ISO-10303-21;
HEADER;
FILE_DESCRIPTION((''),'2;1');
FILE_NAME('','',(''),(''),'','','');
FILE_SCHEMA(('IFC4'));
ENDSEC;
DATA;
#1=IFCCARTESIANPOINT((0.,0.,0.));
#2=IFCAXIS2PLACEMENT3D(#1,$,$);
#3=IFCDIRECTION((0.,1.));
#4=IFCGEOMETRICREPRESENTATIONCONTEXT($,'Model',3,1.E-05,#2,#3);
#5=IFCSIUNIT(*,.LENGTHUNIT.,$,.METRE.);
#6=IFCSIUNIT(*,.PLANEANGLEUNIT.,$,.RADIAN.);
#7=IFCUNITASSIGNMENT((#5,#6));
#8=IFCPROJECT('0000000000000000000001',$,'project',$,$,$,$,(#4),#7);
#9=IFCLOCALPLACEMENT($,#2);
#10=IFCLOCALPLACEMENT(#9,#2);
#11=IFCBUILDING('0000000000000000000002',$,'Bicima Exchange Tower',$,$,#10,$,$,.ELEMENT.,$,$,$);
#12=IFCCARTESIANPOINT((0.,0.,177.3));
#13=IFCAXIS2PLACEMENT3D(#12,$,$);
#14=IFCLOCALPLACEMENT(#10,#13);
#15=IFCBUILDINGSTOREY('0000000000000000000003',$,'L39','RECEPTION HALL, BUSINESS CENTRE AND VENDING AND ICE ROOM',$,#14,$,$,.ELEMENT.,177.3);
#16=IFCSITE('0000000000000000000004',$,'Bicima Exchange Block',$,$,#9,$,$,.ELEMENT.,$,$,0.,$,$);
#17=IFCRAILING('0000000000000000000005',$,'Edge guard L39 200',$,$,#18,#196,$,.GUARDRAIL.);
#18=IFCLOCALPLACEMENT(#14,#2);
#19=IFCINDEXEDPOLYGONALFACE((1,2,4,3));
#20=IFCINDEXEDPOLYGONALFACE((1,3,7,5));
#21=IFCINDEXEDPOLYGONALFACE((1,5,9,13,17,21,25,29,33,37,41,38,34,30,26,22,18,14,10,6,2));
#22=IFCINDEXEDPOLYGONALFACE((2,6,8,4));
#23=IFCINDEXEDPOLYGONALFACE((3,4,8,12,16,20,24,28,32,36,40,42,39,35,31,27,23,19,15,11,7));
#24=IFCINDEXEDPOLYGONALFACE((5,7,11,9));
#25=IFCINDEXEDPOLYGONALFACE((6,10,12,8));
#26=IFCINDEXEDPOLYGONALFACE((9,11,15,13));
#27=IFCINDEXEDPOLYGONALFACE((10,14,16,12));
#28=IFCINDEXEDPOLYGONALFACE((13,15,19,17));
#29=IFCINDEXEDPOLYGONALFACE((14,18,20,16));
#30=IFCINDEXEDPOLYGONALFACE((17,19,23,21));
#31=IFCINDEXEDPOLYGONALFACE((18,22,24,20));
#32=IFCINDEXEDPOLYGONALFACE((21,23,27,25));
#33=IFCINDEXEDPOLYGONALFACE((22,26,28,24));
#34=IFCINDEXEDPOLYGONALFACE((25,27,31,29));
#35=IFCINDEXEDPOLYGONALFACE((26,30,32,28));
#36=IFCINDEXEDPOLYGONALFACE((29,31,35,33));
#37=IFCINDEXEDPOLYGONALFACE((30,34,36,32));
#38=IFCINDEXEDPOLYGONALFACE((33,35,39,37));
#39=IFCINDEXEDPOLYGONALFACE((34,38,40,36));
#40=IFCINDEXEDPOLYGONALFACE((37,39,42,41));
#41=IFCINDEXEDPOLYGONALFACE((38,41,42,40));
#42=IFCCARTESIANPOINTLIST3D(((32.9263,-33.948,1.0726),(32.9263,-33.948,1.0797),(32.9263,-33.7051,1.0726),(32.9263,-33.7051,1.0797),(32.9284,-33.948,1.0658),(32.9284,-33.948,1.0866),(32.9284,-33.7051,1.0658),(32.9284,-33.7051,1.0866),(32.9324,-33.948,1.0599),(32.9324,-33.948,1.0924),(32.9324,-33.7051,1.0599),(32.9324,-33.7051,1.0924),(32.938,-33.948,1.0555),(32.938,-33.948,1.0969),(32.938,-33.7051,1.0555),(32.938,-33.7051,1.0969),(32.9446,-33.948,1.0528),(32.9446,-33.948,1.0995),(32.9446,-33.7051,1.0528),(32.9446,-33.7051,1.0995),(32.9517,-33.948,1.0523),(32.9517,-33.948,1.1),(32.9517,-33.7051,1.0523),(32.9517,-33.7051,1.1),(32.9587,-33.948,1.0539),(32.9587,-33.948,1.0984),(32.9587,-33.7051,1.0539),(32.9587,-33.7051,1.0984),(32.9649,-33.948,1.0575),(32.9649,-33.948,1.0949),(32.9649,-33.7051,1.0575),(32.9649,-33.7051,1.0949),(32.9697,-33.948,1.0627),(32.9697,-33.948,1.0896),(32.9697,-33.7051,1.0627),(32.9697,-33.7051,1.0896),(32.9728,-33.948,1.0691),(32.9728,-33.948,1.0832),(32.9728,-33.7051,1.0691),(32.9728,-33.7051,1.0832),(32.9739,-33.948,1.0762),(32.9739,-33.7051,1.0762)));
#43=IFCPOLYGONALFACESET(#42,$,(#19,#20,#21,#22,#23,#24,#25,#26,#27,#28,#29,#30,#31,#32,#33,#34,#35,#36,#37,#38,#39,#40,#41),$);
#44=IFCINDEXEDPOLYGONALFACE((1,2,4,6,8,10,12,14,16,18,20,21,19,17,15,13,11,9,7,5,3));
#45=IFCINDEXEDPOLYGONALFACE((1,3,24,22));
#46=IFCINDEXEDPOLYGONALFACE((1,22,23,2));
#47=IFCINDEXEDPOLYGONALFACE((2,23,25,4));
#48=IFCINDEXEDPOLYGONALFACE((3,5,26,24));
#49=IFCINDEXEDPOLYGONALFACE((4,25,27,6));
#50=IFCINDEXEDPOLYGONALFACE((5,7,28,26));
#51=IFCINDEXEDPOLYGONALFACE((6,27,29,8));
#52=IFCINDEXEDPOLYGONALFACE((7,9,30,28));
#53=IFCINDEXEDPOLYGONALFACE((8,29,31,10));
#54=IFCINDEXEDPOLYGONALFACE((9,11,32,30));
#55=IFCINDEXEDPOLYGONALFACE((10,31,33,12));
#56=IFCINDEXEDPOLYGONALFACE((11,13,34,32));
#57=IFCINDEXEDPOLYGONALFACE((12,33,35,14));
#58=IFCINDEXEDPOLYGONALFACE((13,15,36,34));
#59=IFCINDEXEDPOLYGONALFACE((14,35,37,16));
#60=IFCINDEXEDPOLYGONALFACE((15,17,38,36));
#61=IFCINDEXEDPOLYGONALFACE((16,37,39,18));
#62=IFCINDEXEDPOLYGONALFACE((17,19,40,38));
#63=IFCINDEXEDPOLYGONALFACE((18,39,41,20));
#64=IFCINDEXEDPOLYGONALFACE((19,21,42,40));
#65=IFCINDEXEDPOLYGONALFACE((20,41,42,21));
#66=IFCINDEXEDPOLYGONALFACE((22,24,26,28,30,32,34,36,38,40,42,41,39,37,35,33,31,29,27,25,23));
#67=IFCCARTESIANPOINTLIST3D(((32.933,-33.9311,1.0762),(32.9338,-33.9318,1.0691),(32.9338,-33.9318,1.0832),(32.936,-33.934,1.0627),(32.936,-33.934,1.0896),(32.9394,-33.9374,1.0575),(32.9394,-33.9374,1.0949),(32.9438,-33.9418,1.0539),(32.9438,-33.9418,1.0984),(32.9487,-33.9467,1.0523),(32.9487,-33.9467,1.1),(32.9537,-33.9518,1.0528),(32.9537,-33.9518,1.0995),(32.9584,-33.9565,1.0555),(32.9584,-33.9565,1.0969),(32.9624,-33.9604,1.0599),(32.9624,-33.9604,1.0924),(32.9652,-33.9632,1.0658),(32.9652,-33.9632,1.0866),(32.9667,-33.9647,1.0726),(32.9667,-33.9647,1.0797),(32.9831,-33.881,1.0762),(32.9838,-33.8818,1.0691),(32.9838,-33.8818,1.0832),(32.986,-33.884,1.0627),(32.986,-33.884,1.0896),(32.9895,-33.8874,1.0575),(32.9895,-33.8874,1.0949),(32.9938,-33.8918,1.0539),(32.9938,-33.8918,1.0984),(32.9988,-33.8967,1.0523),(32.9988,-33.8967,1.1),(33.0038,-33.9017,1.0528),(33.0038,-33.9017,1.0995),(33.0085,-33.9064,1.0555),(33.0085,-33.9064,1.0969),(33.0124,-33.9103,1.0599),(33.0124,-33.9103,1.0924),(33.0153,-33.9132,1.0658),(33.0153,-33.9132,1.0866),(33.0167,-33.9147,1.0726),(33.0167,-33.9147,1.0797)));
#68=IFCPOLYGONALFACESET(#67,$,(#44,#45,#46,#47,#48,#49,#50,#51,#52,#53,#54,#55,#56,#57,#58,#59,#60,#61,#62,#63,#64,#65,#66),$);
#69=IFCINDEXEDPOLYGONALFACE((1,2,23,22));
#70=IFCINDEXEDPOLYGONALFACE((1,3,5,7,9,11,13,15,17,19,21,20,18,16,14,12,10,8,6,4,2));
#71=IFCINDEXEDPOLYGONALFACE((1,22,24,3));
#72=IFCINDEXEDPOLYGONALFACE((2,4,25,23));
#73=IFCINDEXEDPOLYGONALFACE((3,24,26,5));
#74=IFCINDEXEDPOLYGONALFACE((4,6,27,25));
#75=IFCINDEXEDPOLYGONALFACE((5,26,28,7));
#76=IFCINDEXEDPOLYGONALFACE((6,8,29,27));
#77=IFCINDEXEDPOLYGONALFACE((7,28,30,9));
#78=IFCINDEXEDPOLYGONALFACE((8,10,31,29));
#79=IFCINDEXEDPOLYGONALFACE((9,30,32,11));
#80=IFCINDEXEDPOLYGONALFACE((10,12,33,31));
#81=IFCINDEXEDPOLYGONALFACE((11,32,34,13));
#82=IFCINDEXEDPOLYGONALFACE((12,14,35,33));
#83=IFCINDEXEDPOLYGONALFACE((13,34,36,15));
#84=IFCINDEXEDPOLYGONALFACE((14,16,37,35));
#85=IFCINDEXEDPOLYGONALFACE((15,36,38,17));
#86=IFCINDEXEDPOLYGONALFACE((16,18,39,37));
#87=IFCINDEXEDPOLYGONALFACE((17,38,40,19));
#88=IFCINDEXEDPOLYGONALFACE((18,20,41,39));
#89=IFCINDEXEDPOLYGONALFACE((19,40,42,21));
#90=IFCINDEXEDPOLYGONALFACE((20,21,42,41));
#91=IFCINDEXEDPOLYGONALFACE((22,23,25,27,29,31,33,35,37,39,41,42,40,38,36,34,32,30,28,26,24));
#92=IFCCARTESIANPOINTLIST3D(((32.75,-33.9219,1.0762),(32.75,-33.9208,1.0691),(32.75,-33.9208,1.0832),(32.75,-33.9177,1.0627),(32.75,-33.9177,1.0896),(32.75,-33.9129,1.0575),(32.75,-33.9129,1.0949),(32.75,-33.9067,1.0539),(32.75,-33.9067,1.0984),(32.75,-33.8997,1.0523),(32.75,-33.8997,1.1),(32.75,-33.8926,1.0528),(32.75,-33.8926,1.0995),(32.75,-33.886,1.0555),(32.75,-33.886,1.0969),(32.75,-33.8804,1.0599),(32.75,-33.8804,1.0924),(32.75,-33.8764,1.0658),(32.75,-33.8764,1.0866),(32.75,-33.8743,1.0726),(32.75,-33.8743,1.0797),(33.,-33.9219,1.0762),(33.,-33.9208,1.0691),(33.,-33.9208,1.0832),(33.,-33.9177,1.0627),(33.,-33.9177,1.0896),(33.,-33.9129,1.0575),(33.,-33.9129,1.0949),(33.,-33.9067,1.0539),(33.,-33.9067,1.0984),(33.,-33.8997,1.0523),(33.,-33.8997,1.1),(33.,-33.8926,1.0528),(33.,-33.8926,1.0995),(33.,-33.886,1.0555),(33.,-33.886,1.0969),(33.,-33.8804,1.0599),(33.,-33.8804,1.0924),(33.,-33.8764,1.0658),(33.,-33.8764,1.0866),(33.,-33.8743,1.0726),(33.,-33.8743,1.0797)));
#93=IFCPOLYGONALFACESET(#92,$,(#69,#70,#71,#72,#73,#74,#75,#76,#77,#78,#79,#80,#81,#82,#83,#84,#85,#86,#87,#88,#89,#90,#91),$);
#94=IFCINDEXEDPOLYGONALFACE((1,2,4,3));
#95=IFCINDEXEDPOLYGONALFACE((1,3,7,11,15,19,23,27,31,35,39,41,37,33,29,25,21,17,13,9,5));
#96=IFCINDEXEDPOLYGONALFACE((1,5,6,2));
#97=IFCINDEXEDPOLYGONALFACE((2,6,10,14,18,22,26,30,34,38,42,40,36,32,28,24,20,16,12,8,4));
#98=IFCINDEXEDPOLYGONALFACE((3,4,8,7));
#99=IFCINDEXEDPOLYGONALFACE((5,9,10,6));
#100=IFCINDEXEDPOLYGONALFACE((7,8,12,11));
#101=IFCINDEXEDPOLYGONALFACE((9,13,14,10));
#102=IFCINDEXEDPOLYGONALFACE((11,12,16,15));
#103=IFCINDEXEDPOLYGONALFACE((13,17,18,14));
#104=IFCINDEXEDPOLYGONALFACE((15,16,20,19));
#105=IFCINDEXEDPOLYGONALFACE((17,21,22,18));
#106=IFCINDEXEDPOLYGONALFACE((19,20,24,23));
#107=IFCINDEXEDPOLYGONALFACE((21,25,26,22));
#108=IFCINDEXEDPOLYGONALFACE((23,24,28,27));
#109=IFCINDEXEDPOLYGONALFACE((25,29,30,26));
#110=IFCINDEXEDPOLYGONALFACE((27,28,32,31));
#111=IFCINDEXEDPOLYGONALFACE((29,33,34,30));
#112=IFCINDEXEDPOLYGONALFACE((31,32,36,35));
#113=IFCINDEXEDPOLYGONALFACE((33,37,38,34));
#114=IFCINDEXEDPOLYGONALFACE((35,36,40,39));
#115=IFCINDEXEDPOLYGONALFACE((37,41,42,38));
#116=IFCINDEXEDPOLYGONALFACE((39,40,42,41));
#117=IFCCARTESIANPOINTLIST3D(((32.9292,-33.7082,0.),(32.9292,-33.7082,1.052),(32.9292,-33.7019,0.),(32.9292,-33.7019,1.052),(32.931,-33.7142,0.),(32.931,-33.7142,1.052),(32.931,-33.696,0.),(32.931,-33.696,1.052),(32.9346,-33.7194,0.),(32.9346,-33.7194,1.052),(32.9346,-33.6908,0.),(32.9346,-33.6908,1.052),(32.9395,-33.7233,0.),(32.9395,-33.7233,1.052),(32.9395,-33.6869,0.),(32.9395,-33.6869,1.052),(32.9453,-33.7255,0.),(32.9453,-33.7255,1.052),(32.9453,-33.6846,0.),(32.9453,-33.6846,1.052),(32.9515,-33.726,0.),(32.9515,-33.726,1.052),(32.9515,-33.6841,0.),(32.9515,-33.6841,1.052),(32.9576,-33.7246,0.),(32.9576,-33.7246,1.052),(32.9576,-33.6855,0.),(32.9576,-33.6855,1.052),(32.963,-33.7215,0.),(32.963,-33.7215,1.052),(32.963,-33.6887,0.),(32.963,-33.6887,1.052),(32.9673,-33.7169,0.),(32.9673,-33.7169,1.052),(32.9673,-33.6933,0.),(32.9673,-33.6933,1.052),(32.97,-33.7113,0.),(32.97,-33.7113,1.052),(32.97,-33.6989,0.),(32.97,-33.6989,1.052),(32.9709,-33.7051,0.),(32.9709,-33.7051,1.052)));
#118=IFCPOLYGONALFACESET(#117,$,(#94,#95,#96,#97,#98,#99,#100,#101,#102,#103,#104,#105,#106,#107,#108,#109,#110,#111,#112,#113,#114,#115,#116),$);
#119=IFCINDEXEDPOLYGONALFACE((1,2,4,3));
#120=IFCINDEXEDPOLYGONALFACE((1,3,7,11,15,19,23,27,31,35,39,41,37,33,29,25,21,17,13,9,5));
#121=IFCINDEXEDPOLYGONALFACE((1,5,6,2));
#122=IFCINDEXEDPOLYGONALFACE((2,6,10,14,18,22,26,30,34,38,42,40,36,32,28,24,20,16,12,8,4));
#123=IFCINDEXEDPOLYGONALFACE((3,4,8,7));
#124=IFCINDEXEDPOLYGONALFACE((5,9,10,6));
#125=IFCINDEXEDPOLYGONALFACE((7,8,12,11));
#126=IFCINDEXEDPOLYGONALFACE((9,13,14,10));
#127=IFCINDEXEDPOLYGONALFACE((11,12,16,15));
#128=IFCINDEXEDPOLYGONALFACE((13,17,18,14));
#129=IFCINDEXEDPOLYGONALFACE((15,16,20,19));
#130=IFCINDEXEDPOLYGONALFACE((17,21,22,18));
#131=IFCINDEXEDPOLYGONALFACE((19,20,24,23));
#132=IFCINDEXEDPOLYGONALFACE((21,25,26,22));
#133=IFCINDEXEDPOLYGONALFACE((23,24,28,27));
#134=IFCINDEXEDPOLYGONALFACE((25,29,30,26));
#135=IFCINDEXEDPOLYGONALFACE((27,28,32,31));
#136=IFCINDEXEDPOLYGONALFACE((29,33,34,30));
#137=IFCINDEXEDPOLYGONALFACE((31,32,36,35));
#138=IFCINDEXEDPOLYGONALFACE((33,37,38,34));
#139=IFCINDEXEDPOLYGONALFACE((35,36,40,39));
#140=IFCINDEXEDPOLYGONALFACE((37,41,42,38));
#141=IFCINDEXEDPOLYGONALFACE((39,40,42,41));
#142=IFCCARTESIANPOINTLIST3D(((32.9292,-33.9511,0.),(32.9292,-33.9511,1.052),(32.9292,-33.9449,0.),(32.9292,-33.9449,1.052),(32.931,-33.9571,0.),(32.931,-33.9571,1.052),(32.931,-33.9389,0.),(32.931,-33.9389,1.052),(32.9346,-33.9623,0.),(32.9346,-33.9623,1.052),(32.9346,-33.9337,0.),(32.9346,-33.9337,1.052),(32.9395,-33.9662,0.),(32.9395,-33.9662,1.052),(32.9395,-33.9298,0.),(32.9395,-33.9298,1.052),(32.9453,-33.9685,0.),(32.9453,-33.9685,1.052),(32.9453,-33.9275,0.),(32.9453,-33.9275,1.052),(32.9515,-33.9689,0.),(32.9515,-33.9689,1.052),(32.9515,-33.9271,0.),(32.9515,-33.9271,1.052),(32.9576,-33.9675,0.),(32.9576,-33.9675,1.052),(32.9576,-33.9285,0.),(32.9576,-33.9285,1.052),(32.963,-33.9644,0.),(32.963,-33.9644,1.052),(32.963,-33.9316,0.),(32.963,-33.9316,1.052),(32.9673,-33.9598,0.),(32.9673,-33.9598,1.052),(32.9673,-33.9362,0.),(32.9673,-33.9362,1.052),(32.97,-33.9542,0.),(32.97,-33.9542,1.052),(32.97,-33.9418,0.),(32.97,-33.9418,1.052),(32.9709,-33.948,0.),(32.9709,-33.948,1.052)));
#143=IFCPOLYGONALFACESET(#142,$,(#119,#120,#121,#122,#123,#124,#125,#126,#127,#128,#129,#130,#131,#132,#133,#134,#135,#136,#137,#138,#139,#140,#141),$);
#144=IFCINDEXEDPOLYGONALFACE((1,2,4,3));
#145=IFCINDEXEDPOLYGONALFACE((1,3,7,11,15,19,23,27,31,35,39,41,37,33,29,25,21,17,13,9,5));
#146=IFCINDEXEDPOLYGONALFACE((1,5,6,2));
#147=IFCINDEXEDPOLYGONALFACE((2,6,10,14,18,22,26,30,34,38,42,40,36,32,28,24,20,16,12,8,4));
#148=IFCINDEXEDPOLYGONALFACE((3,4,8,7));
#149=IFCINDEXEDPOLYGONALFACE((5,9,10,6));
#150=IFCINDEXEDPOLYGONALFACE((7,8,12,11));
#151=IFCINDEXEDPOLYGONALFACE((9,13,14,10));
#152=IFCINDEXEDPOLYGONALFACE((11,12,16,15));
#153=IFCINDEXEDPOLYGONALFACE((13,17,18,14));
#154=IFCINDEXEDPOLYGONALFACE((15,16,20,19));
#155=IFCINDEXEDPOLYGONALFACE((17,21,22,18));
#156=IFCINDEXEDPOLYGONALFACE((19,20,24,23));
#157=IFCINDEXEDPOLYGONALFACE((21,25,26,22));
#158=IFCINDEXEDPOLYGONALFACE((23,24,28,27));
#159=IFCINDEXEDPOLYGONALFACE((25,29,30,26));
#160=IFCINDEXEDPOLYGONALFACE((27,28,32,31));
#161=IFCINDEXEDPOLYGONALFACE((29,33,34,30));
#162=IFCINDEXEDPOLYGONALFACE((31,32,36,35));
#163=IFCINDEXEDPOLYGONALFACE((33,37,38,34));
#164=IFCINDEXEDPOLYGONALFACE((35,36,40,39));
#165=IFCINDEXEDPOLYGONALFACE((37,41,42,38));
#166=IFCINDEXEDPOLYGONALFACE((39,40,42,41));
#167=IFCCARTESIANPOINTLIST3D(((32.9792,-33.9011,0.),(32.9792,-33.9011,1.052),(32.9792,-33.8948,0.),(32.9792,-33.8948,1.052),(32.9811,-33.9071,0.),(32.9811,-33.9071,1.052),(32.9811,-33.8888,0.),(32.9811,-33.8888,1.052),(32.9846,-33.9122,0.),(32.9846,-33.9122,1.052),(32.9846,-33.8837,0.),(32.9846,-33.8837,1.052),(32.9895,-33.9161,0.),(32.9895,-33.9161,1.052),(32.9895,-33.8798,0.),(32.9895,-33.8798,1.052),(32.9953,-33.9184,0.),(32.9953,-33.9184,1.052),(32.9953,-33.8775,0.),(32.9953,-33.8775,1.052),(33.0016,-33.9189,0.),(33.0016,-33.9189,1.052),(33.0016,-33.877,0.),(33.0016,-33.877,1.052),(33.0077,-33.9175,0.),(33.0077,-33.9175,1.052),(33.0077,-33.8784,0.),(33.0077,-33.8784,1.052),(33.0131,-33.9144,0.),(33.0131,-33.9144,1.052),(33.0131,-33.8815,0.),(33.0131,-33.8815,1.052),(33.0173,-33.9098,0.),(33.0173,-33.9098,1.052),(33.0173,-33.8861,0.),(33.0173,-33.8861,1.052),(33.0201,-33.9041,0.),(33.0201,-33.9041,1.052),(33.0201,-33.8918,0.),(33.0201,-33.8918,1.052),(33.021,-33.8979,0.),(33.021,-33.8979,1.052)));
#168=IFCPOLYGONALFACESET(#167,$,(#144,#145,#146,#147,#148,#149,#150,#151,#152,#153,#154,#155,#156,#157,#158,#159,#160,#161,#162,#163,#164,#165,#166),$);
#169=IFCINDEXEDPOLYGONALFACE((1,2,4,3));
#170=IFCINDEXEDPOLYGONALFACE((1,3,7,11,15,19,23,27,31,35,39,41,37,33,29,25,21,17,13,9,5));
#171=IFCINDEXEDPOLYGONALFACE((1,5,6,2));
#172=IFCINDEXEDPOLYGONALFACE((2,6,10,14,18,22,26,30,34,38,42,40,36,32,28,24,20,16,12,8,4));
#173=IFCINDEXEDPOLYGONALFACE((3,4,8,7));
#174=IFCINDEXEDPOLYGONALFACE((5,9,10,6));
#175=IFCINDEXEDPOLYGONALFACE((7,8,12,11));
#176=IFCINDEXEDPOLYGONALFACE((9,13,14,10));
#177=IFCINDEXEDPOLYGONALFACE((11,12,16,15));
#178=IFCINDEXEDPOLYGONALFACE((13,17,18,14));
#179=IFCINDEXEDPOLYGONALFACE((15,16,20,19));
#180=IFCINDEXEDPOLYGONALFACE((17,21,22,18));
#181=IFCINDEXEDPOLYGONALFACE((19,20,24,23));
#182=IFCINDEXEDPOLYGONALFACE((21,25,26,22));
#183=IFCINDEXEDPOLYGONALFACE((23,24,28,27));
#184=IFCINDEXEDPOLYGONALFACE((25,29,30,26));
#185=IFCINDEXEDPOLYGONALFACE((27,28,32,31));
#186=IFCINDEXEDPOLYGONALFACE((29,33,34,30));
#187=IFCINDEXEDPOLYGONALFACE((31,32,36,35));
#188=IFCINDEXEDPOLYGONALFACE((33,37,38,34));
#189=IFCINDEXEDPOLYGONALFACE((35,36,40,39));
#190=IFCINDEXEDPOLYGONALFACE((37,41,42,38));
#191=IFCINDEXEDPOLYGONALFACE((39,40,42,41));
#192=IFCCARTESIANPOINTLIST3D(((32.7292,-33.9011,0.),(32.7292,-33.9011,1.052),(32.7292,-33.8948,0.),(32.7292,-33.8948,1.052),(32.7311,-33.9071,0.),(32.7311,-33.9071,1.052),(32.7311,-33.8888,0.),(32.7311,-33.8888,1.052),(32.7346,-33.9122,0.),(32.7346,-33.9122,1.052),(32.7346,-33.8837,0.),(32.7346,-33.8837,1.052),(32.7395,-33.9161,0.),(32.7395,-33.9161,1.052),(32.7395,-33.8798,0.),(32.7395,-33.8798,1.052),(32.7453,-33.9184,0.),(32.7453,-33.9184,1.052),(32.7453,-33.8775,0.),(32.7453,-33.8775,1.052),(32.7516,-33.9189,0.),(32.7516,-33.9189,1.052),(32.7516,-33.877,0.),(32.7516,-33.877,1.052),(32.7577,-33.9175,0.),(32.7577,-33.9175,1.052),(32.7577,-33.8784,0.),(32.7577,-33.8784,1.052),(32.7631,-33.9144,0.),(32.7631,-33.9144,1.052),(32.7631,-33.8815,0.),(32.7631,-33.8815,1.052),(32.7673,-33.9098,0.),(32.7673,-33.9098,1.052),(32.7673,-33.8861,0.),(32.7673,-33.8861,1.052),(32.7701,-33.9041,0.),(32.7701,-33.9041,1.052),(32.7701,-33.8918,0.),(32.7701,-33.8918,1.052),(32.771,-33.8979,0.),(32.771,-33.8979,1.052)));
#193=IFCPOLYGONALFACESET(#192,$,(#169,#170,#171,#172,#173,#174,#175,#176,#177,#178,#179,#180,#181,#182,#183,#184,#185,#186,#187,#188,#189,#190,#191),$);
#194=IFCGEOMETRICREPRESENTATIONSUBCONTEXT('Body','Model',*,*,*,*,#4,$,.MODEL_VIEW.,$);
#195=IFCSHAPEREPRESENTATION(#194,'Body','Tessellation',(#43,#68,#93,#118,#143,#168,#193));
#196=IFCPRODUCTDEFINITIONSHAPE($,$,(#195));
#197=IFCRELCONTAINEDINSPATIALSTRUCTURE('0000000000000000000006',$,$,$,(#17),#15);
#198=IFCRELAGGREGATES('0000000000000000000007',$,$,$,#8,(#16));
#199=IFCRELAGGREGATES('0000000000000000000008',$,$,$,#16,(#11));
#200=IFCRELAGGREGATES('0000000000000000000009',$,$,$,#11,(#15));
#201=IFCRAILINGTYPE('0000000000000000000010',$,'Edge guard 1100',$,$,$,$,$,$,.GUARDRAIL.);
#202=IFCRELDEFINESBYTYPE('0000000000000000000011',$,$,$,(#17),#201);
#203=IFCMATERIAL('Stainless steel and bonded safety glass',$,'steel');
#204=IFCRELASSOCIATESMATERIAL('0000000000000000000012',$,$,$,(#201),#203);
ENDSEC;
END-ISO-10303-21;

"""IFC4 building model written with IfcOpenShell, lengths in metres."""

from ifc_helpers import new_model, si_unit, direction, frame, origin, origin_2d, place, context, subcontext, project, spatial, circle, extrude, material, type_object, element, save


model = new_model("IFC4")

# Units and contexts
model_context = context("Model", 3, precision=1e-05, world=origin(), true_north=direction((0.0, 1.0)))
body_context = subcontext(model_context, "Body", "Model", "MODEL_VIEW")
ifc_project = project(units=[si_unit("LENGTHUNIT", "METRE"), si_unit("PLANEANGLEUNIT", "RADIAN")], contexts=[model_context])

# Site, building, storey
site_placement = place(None, origin())
site = spatial("IfcSite", under=ifc_project, at=site_placement, Name="Bicima Exchange Block", CompositionType="ELEMENT", RefElevation=0.0)
building_placement = place(site_placement, origin())
building = spatial("IfcBuilding", under=site, at=building_placement, Name="Bicima Exchange Tower", CompositionType="ELEMENT")
storey_placement = place(building_placement, frame((0.0, 0.0, 177.3)))
storey = spatial("IfcBuildingStorey", under=building, at=storey_placement, Name="L39", Description="RECEPTION HALL, BUSINESS CENTRE AND VENDING AND ICE ROOM", CompositionType="ELEMENT", Elevation=177.3)

# Railing
ifc_material_1 = material(Name="Stainless steel and bonded safety glass", Category="steel")
railing_type = type_object("IfcRailingType", Name="Edge guard 1100", PredefinedType="GUARDRAIL", material=ifc_material_1)
railing_1_placement = place(storey_placement, frame((32.95, -33.7051, 0.0)))
element("IfcRailing", 1, at=railing_1_placement, inside=storey, type_object=railing_type, Name="Edge guard L39 200", PredefinedType="GUARDRAIL", context=body_context, shape_type="SweptSolid", body=[
    extrude(circle(Radius=0.0239, at=origin_2d()), frame((0.0, 0.0, 1.0762), z_axis=(0.0, -1.0, 0.0), x_axis=(1.0, 0.0, 0.0)), (0.0, 0.0, 1.0), 0.2429),
    extrude(circle(Radius=0.0239, at=origin_2d()), frame((0.0, -0.2429, 1.0762), z_axis=(0.707107, 0.707107, 0.0), x_axis=(-0.707107, 0.707107, 0.0)), (0.0, 0.0, 1.0), 0.0708),
    extrude(circle(Radius=0.0239, at=origin_2d()), frame((0.05, -0.1929, 1.0762), z_axis=(-1.0, 0.0, 0.0), x_axis=(0.0, -1.0, 0.0)), (0.0, 0.0, 1.0), 0.25),
    extrude(circle(Radius=0.021, at=origin_2d()), origin(), (0.0, 0.0, 1.0), 1.052),
    extrude(circle(Radius=0.021, at=origin_2d()), frame((0.0, -0.2429, 0.0)), (0.0, 0.0, 1.0), 1.052),
    extrude(circle(Radius=0.021, at=origin_2d()), frame((0.05, -0.1929, 0.0)), (0.0, 0.0, 1.0), 1.052),
    extrude(circle(Radius=0.021, at=origin_2d()), frame((-0.2, -0.1929, 0.0)), (0.0, 0.0, 1.0), 1.052),
])

save(model, "model.ifc")
